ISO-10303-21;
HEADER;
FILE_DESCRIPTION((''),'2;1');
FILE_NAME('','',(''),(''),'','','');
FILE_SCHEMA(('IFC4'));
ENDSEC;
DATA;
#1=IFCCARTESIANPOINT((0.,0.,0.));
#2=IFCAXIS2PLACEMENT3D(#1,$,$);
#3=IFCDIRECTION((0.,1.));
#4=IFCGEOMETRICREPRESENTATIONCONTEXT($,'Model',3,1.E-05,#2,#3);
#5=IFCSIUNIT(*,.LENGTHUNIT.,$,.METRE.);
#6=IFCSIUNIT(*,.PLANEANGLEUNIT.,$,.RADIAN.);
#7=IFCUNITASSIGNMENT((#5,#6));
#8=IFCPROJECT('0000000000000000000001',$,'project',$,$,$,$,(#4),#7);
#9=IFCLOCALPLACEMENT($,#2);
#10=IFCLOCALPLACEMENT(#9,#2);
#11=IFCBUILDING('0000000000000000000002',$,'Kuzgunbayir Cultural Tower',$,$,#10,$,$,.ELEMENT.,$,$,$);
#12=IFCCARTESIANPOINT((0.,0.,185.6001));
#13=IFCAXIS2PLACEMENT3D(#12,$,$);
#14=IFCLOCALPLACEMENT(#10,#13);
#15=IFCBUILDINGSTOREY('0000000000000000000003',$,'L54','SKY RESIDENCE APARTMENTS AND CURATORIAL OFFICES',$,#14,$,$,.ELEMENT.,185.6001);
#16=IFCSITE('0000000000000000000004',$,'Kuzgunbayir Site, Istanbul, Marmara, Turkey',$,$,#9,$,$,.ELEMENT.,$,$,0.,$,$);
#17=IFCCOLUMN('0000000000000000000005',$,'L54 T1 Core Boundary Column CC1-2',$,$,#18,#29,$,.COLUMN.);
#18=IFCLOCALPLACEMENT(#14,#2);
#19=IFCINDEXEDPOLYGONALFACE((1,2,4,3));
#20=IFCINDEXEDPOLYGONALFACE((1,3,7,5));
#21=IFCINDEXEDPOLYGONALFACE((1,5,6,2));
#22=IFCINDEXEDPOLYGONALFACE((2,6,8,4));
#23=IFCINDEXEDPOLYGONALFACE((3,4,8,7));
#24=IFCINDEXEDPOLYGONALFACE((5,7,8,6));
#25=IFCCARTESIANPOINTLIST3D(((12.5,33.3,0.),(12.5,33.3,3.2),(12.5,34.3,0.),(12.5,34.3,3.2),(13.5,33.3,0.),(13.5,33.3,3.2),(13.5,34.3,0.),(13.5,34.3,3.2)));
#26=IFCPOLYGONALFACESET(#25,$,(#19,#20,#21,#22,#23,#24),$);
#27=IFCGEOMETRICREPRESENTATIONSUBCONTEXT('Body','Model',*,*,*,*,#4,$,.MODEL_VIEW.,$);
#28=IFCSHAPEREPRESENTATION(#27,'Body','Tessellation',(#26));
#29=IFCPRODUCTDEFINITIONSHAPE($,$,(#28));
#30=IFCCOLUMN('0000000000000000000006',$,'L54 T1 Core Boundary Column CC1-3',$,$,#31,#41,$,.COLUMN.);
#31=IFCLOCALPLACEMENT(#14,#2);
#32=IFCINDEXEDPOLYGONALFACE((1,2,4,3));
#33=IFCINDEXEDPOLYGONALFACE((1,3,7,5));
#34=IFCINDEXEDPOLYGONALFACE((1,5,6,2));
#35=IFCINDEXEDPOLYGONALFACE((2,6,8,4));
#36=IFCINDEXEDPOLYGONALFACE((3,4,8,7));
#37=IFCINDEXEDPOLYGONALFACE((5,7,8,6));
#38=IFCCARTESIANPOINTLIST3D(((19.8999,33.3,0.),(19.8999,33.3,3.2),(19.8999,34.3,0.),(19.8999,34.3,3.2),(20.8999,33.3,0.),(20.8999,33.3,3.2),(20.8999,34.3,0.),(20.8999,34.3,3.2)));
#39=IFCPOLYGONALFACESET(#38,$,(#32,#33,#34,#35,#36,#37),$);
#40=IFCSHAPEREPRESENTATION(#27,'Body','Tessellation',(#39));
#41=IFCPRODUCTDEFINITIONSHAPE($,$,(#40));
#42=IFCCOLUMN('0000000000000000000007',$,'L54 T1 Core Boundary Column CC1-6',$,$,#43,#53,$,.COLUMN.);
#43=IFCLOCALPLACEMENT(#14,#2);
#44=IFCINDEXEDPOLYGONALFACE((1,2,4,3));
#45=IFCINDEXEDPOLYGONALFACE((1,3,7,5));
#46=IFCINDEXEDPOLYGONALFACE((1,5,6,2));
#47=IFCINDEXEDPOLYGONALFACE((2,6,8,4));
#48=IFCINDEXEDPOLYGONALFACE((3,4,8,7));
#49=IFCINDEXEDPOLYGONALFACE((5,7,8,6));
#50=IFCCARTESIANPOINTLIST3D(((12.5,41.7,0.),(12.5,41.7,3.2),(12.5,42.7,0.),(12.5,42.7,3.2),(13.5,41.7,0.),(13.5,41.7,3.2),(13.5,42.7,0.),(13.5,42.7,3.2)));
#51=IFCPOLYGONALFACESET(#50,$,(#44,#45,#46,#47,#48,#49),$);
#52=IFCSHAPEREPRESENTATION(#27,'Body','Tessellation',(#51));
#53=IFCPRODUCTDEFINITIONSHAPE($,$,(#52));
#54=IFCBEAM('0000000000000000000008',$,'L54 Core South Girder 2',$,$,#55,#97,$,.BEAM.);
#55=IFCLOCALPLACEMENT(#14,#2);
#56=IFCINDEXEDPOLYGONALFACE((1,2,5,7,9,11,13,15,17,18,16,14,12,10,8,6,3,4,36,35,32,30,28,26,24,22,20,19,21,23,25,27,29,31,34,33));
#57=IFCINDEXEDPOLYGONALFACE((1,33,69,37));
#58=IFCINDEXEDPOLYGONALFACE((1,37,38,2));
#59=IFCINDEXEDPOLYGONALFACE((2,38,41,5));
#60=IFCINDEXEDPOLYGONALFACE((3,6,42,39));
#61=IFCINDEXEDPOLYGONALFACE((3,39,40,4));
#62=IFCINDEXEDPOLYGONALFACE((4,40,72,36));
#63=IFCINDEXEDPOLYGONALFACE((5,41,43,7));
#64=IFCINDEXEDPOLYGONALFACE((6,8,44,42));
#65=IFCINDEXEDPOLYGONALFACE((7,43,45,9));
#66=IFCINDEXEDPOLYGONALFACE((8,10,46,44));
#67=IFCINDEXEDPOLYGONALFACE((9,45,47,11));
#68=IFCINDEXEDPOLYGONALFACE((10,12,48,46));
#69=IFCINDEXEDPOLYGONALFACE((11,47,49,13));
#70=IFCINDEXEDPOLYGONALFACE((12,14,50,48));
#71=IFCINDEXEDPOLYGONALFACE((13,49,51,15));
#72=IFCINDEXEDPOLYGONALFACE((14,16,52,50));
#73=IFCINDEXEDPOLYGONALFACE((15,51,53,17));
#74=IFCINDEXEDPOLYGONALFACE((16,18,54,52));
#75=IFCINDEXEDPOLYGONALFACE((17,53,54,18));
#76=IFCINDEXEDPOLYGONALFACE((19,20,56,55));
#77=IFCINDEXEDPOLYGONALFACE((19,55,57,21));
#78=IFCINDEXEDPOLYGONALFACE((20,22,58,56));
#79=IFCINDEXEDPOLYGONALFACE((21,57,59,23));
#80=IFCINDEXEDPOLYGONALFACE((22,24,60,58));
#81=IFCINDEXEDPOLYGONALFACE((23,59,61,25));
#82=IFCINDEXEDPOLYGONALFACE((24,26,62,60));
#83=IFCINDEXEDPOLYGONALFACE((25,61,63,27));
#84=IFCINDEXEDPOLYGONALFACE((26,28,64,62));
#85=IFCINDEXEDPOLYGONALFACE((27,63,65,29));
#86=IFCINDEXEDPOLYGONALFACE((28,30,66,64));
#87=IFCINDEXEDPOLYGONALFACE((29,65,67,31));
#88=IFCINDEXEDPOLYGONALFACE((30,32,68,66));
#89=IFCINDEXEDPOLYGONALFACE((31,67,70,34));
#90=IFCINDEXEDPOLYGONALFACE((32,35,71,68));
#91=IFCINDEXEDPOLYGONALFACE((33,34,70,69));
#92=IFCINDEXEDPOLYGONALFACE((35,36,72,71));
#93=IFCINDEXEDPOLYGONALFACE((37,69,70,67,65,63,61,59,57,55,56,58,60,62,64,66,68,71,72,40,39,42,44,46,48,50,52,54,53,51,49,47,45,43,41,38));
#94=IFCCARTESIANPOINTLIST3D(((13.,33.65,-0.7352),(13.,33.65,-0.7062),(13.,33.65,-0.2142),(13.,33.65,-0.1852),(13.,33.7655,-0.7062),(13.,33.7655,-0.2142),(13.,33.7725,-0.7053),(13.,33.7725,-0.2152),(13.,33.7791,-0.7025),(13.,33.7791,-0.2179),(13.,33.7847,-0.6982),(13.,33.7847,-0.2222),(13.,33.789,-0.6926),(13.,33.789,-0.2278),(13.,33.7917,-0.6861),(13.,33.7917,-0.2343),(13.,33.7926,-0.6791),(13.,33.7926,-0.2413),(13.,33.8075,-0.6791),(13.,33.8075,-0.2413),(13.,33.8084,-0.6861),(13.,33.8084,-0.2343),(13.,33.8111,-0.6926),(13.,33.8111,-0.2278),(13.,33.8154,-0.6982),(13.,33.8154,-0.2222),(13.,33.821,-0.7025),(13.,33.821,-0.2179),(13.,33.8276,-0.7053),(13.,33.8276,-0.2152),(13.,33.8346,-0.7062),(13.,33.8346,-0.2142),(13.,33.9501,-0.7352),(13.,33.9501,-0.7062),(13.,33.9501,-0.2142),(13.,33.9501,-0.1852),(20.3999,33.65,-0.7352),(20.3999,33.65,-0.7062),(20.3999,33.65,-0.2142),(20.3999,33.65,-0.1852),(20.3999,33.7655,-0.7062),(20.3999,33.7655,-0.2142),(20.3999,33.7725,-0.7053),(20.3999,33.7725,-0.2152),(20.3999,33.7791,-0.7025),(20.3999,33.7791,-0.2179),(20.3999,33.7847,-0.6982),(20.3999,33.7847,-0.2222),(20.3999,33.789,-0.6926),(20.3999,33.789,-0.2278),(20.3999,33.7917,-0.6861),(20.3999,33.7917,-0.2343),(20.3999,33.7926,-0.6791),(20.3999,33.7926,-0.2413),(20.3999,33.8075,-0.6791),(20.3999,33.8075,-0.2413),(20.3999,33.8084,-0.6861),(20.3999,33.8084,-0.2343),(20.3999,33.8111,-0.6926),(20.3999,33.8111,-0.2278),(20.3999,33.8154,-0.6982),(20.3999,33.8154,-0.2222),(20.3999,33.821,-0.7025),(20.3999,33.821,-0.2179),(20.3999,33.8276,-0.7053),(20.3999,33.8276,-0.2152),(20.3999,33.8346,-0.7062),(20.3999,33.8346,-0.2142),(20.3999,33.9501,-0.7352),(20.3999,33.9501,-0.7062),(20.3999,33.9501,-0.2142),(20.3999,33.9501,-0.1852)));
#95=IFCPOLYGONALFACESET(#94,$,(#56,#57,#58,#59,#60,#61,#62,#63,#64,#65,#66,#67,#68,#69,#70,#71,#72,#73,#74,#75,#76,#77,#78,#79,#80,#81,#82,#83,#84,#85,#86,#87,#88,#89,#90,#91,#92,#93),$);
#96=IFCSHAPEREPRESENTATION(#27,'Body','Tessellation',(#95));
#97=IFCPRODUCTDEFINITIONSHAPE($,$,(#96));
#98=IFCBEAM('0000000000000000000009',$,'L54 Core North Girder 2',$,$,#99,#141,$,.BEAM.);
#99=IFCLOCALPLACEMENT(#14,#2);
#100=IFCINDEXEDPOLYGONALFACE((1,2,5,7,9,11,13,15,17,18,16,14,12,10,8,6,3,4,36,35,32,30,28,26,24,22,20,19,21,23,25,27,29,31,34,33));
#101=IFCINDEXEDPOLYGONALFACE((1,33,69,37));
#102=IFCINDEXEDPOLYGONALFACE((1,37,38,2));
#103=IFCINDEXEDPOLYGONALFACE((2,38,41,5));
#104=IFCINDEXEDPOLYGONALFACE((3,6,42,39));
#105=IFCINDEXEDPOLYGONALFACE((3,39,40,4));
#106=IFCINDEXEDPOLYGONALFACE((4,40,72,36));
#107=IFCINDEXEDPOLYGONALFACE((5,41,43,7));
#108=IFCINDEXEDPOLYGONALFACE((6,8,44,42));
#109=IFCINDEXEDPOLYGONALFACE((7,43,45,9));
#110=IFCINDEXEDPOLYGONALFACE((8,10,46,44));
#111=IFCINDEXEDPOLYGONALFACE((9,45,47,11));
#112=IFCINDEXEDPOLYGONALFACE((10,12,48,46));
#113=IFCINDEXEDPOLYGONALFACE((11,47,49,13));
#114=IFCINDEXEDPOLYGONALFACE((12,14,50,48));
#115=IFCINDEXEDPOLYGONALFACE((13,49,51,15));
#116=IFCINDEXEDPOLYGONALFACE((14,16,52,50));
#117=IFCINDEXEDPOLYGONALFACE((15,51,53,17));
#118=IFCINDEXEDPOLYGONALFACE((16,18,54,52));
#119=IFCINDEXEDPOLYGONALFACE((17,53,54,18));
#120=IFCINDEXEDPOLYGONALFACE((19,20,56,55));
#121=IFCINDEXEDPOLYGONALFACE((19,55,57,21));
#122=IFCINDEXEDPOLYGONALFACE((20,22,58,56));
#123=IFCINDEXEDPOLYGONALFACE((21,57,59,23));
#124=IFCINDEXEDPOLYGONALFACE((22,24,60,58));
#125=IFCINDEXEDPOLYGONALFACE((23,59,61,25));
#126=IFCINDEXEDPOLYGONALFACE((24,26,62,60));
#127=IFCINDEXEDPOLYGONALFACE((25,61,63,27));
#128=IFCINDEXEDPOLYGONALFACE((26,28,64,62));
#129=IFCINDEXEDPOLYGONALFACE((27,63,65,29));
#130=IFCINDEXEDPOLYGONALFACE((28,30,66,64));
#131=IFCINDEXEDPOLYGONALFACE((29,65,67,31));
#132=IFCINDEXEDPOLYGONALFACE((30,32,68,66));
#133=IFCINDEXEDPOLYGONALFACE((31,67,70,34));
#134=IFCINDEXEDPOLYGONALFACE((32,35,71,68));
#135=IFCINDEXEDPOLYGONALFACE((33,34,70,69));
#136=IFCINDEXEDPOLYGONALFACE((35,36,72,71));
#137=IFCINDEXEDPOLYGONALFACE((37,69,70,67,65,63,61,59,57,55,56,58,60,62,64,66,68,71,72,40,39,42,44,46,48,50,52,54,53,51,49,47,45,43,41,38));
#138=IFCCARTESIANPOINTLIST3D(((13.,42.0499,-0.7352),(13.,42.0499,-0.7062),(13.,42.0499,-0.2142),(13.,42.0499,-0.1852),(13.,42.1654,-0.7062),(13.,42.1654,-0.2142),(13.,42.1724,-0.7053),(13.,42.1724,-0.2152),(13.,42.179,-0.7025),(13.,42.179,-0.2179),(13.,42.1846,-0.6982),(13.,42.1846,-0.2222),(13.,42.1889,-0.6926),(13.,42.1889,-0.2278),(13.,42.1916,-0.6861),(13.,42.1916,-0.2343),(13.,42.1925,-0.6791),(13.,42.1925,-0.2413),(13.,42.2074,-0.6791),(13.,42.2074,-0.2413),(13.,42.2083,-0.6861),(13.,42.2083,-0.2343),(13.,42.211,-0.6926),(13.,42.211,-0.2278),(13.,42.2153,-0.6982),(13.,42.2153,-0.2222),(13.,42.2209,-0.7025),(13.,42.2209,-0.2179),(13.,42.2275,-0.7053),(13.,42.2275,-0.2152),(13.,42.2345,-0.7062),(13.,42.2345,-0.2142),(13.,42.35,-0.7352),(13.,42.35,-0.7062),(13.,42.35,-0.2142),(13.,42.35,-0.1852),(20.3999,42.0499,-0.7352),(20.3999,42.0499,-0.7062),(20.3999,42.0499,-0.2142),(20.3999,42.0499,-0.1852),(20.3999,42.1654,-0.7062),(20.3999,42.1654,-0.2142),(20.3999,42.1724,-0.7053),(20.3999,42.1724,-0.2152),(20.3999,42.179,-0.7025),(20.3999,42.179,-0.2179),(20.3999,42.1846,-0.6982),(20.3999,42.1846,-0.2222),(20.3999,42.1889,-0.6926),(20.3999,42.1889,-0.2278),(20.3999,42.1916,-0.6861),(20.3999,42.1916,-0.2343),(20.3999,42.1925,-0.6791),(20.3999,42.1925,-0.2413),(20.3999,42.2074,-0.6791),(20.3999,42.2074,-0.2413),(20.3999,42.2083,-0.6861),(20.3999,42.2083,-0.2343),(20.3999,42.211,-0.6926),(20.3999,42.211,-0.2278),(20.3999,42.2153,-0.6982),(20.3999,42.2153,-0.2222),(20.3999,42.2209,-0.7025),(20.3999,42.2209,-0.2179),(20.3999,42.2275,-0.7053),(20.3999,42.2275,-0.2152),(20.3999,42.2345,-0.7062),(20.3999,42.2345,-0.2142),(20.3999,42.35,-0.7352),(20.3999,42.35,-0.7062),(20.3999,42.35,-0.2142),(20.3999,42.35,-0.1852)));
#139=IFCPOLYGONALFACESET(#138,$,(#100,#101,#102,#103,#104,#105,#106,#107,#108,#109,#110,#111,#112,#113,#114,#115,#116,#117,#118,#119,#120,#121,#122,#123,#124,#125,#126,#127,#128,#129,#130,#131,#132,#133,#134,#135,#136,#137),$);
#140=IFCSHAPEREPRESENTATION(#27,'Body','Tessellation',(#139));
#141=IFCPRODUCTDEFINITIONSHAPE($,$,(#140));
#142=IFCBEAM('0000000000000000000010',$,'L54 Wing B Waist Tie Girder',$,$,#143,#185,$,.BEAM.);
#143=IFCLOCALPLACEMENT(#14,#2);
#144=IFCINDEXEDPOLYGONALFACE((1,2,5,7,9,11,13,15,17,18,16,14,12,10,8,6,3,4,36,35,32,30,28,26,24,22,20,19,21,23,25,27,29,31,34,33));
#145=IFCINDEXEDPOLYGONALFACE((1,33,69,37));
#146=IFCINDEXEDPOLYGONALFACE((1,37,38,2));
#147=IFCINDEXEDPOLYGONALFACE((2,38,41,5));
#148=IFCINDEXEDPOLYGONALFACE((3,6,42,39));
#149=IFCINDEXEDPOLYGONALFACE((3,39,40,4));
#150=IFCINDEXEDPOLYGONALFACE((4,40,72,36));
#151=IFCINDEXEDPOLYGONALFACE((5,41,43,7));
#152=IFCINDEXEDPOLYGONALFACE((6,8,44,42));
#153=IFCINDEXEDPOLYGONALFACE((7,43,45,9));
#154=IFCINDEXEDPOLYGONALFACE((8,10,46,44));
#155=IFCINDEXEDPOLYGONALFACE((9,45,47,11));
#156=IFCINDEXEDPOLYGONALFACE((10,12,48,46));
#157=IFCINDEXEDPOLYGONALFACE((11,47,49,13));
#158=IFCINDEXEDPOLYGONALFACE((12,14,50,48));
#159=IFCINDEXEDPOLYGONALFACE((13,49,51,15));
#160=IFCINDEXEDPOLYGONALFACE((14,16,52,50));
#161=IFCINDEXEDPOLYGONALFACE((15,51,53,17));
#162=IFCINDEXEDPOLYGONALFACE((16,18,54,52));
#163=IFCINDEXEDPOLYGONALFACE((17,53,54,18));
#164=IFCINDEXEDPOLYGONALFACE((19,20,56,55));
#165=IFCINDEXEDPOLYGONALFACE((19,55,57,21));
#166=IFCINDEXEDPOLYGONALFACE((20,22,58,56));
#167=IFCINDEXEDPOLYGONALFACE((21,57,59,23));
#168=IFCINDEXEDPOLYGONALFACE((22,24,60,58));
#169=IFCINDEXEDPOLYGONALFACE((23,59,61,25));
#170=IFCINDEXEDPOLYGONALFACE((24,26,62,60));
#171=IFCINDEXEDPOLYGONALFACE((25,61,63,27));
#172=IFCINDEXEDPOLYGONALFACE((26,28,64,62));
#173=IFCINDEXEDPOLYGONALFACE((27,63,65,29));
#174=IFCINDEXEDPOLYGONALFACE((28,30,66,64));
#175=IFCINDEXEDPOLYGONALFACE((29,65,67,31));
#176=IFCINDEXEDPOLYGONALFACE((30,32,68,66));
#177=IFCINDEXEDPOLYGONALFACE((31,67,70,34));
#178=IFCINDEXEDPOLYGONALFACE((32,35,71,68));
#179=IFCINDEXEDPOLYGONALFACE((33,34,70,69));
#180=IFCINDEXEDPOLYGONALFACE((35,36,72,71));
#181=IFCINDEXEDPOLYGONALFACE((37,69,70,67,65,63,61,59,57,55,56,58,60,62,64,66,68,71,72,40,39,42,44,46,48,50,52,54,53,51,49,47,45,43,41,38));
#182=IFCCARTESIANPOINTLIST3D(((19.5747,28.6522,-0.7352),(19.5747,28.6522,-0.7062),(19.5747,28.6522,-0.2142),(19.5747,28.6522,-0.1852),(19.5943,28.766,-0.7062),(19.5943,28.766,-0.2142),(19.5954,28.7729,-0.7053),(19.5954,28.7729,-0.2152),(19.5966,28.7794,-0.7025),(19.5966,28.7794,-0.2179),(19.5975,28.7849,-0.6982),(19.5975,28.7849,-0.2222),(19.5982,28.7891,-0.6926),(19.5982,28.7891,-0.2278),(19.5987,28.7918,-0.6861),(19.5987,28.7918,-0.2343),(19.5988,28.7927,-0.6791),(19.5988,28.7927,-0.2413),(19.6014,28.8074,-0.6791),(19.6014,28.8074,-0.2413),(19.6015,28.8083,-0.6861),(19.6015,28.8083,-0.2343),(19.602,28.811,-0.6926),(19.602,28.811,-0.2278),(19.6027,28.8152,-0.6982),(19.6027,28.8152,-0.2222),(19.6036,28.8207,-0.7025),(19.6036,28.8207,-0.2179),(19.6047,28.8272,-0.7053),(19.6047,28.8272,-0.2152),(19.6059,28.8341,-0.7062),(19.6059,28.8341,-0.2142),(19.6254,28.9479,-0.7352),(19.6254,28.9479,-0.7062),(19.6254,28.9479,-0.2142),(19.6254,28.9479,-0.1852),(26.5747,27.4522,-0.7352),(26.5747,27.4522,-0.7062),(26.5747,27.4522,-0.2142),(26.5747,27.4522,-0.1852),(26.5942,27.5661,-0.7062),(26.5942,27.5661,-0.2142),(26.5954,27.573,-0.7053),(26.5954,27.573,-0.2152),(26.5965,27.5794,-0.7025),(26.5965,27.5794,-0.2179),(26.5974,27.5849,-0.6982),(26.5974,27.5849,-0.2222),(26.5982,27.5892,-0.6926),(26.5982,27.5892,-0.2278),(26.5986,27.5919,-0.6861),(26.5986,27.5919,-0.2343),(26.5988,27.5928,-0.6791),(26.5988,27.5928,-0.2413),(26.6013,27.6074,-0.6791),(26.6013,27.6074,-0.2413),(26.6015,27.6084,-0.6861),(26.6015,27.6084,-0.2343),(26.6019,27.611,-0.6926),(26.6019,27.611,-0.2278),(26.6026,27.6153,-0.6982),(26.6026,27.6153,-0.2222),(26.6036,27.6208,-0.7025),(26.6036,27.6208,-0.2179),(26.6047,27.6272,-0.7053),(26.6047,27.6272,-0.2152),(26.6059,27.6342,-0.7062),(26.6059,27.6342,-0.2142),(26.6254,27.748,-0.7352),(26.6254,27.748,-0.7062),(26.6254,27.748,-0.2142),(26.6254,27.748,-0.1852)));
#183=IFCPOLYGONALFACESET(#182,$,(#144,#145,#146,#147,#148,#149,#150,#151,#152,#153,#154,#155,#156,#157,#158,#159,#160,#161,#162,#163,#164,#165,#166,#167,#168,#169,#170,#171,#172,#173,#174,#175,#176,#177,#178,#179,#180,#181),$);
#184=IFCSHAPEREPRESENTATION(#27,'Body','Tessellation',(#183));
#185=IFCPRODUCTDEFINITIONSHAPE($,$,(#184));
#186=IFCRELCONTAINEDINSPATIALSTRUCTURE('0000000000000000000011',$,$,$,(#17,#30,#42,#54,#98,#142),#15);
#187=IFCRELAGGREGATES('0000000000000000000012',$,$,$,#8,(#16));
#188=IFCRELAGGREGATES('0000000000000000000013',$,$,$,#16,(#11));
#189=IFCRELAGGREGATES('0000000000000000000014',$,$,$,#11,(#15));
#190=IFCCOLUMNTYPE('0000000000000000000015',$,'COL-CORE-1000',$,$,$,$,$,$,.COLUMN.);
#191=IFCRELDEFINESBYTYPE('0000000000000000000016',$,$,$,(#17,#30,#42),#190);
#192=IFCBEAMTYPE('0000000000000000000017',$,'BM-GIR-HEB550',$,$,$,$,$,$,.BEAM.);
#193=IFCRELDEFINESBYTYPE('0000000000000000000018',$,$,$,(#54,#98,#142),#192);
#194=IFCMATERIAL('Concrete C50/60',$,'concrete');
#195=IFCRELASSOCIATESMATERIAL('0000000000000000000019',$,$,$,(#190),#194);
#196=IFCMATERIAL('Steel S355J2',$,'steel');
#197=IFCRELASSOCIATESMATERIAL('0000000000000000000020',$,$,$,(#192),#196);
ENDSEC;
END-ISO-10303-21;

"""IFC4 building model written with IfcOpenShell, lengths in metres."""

from ifc_helpers import new_model, si_unit, direction, frame, origin, origin_2d, place, context, subcontext, project, spatial, rectangle, i_section, extrude, material, material_profile, profile_set, type_object, element, save


model = new_model("IFC4")

# Units and contexts
model_context = context("Model", 3, precision=1e-05, world=origin(), true_north=direction((0.0, 1.0)))
body_context = subcontext(model_context, "Body", "Model", "MODEL_VIEW")
ifc_project = project(units=[si_unit("LENGTHUNIT", "METRE"), si_unit("PLANEANGLEUNIT", "RADIAN")], contexts=[model_context])

# Site, building, storey
site_placement = place(None, origin())
site = spatial("IfcSite", under=ifc_project, at=site_placement, Name="Kuzgunbayir Site, Istanbul, Marmara, Turkey", CompositionType="ELEMENT", RefElevation=0.0)
building_placement = place(site_placement, origin())
building = spatial("IfcBuilding", under=site, at=building_placement, Name="Kuzgunbayir Cultural Tower", CompositionType="ELEMENT")
storey_placement = place(building_placement, frame((0.0, 0.0, 185.6001)))
storey = spatial("IfcBuildingStorey", under=building, at=storey_placement, Name="L54", Description="SKY RESIDENCE APARTMENTS AND CURATORIAL OFFICES", CompositionType="ELEMENT", Elevation=185.6001)

# Columns
ifc_material_1 = material(Name="Concrete C50/60", Category="concrete")
ifc_material_profile_1 = material_profile(ifc_material_1, rectangle(XDim=1.0, YDim=1.0, at=origin_2d()), Name="RC 1000x1000")
ifc_profile_set_1 = profile_set([ifc_material_profile_1], Name="Concrete C50/60")
column_type = type_object("IfcColumnType", Name="COL-CORE-1000", PredefinedType="COLUMN", material=ifc_profile_set_1)
for number, where, z_axis, x_axis, name in (
    (1, (13.0, 33.8, 0.0), (0.0, 0.0, 1.0), (1.0, 0.0, 0.0), "L54 T1 Core Boundary Column CC1-2"),
    (2, (20.3999, 33.8, 0.0), (0.0, 0.0, 1.0), (1.0, 0.0, 0.0), "L54 T1 Core Boundary Column CC1-3"),
    (3, (13.0, 42.2, 0.0), (0.0, 0.0, 1.0), (1.0, 0.0, 0.0), "L54 T1 Core Boundary Column CC1-6"),
):
    element("IfcColumn", number, at=place(storey_placement, frame(where, z_axis=z_axis, x_axis=x_axis)), inside=storey, type_object=column_type, Name=name, PredefinedType="COLUMN", context=body_context, shape_type="SweptSolid", body=[
        extrude(rectangle(XDim=1.0, YDim=1.0, at=origin_2d()), origin(), (0.0, 0.0, 1.0), 3.2),
    ])

# Beams
ifc_material_2 = material(Name="Steel S355J2", Category="steel")
ifc_material_profile_2 = material_profile(ifc_material_2, i_section(OverallWidth=0.3, OverallDepth=0.55, WebThickness=0.0149, FlangeThickness=0.0291, FilletRadius=0.0271, at=origin_2d()), Name="HEB 550")
ifc_profile_set_2 = profile_set([ifc_material_profile_2], Name="Steel S355J2")
beam_type = type_object("IfcBeamType", Name="BM-GIR-HEB550", PredefinedType="BEAM", material=ifc_profile_set_2)
for number, where, z_axis, x_axis, name in (
    (4, (13.0, 33.8, -0.4602), (1.0, 0.0, 0.0), (0.0, 1.0, 0.0), "L54 Core South Girder 2"),
    (5, (13.0, 42.2, -0.4602), (1.0, 0.0, 0.0), (0.0, 1.0, 0.0), "L54 Core North Girder 2"),
):
    element("IfcBeam", number, at=place(storey_placement, frame(where, z_axis=z_axis, x_axis=x_axis)), inside=storey, type_object=beam_type, Name=name, PredefinedType="BEAM", context=body_context, shape_type="SweptSolid", body=[
        extrude(i_section(OverallWidth=0.3, OverallDepth=0.55, WebThickness=0.0149, FlangeThickness=0.0291, FilletRadius=0.0271, at=origin_2d()), origin(), (0.0, 0.0, 1.0), 7.3999),
    ])
beam_placement = place(storey_placement, frame((19.6001, 28.8, -0.4602), z_axis=(0.985623, -0.168957, 0.0), x_axis=(0.168957, 0.985623, 0.0)))
element("IfcBeam", 6, at=beam_placement, inside=storey, type_object=beam_type, Name="L54 Wing B Waist Tie Girder", PredefinedType="BEAM", context=body_context, shape_type="SweptSolid", body=[
    extrude(i_section(OverallWidth=0.3, OverallDepth=0.55, WebThickness=0.0149, FlangeThickness=0.0291, FilletRadius=0.0271, at=origin_2d()), origin(), (0.0, 0.0, 1.0), 7.1021),
])

save(model, "model.ifc")
